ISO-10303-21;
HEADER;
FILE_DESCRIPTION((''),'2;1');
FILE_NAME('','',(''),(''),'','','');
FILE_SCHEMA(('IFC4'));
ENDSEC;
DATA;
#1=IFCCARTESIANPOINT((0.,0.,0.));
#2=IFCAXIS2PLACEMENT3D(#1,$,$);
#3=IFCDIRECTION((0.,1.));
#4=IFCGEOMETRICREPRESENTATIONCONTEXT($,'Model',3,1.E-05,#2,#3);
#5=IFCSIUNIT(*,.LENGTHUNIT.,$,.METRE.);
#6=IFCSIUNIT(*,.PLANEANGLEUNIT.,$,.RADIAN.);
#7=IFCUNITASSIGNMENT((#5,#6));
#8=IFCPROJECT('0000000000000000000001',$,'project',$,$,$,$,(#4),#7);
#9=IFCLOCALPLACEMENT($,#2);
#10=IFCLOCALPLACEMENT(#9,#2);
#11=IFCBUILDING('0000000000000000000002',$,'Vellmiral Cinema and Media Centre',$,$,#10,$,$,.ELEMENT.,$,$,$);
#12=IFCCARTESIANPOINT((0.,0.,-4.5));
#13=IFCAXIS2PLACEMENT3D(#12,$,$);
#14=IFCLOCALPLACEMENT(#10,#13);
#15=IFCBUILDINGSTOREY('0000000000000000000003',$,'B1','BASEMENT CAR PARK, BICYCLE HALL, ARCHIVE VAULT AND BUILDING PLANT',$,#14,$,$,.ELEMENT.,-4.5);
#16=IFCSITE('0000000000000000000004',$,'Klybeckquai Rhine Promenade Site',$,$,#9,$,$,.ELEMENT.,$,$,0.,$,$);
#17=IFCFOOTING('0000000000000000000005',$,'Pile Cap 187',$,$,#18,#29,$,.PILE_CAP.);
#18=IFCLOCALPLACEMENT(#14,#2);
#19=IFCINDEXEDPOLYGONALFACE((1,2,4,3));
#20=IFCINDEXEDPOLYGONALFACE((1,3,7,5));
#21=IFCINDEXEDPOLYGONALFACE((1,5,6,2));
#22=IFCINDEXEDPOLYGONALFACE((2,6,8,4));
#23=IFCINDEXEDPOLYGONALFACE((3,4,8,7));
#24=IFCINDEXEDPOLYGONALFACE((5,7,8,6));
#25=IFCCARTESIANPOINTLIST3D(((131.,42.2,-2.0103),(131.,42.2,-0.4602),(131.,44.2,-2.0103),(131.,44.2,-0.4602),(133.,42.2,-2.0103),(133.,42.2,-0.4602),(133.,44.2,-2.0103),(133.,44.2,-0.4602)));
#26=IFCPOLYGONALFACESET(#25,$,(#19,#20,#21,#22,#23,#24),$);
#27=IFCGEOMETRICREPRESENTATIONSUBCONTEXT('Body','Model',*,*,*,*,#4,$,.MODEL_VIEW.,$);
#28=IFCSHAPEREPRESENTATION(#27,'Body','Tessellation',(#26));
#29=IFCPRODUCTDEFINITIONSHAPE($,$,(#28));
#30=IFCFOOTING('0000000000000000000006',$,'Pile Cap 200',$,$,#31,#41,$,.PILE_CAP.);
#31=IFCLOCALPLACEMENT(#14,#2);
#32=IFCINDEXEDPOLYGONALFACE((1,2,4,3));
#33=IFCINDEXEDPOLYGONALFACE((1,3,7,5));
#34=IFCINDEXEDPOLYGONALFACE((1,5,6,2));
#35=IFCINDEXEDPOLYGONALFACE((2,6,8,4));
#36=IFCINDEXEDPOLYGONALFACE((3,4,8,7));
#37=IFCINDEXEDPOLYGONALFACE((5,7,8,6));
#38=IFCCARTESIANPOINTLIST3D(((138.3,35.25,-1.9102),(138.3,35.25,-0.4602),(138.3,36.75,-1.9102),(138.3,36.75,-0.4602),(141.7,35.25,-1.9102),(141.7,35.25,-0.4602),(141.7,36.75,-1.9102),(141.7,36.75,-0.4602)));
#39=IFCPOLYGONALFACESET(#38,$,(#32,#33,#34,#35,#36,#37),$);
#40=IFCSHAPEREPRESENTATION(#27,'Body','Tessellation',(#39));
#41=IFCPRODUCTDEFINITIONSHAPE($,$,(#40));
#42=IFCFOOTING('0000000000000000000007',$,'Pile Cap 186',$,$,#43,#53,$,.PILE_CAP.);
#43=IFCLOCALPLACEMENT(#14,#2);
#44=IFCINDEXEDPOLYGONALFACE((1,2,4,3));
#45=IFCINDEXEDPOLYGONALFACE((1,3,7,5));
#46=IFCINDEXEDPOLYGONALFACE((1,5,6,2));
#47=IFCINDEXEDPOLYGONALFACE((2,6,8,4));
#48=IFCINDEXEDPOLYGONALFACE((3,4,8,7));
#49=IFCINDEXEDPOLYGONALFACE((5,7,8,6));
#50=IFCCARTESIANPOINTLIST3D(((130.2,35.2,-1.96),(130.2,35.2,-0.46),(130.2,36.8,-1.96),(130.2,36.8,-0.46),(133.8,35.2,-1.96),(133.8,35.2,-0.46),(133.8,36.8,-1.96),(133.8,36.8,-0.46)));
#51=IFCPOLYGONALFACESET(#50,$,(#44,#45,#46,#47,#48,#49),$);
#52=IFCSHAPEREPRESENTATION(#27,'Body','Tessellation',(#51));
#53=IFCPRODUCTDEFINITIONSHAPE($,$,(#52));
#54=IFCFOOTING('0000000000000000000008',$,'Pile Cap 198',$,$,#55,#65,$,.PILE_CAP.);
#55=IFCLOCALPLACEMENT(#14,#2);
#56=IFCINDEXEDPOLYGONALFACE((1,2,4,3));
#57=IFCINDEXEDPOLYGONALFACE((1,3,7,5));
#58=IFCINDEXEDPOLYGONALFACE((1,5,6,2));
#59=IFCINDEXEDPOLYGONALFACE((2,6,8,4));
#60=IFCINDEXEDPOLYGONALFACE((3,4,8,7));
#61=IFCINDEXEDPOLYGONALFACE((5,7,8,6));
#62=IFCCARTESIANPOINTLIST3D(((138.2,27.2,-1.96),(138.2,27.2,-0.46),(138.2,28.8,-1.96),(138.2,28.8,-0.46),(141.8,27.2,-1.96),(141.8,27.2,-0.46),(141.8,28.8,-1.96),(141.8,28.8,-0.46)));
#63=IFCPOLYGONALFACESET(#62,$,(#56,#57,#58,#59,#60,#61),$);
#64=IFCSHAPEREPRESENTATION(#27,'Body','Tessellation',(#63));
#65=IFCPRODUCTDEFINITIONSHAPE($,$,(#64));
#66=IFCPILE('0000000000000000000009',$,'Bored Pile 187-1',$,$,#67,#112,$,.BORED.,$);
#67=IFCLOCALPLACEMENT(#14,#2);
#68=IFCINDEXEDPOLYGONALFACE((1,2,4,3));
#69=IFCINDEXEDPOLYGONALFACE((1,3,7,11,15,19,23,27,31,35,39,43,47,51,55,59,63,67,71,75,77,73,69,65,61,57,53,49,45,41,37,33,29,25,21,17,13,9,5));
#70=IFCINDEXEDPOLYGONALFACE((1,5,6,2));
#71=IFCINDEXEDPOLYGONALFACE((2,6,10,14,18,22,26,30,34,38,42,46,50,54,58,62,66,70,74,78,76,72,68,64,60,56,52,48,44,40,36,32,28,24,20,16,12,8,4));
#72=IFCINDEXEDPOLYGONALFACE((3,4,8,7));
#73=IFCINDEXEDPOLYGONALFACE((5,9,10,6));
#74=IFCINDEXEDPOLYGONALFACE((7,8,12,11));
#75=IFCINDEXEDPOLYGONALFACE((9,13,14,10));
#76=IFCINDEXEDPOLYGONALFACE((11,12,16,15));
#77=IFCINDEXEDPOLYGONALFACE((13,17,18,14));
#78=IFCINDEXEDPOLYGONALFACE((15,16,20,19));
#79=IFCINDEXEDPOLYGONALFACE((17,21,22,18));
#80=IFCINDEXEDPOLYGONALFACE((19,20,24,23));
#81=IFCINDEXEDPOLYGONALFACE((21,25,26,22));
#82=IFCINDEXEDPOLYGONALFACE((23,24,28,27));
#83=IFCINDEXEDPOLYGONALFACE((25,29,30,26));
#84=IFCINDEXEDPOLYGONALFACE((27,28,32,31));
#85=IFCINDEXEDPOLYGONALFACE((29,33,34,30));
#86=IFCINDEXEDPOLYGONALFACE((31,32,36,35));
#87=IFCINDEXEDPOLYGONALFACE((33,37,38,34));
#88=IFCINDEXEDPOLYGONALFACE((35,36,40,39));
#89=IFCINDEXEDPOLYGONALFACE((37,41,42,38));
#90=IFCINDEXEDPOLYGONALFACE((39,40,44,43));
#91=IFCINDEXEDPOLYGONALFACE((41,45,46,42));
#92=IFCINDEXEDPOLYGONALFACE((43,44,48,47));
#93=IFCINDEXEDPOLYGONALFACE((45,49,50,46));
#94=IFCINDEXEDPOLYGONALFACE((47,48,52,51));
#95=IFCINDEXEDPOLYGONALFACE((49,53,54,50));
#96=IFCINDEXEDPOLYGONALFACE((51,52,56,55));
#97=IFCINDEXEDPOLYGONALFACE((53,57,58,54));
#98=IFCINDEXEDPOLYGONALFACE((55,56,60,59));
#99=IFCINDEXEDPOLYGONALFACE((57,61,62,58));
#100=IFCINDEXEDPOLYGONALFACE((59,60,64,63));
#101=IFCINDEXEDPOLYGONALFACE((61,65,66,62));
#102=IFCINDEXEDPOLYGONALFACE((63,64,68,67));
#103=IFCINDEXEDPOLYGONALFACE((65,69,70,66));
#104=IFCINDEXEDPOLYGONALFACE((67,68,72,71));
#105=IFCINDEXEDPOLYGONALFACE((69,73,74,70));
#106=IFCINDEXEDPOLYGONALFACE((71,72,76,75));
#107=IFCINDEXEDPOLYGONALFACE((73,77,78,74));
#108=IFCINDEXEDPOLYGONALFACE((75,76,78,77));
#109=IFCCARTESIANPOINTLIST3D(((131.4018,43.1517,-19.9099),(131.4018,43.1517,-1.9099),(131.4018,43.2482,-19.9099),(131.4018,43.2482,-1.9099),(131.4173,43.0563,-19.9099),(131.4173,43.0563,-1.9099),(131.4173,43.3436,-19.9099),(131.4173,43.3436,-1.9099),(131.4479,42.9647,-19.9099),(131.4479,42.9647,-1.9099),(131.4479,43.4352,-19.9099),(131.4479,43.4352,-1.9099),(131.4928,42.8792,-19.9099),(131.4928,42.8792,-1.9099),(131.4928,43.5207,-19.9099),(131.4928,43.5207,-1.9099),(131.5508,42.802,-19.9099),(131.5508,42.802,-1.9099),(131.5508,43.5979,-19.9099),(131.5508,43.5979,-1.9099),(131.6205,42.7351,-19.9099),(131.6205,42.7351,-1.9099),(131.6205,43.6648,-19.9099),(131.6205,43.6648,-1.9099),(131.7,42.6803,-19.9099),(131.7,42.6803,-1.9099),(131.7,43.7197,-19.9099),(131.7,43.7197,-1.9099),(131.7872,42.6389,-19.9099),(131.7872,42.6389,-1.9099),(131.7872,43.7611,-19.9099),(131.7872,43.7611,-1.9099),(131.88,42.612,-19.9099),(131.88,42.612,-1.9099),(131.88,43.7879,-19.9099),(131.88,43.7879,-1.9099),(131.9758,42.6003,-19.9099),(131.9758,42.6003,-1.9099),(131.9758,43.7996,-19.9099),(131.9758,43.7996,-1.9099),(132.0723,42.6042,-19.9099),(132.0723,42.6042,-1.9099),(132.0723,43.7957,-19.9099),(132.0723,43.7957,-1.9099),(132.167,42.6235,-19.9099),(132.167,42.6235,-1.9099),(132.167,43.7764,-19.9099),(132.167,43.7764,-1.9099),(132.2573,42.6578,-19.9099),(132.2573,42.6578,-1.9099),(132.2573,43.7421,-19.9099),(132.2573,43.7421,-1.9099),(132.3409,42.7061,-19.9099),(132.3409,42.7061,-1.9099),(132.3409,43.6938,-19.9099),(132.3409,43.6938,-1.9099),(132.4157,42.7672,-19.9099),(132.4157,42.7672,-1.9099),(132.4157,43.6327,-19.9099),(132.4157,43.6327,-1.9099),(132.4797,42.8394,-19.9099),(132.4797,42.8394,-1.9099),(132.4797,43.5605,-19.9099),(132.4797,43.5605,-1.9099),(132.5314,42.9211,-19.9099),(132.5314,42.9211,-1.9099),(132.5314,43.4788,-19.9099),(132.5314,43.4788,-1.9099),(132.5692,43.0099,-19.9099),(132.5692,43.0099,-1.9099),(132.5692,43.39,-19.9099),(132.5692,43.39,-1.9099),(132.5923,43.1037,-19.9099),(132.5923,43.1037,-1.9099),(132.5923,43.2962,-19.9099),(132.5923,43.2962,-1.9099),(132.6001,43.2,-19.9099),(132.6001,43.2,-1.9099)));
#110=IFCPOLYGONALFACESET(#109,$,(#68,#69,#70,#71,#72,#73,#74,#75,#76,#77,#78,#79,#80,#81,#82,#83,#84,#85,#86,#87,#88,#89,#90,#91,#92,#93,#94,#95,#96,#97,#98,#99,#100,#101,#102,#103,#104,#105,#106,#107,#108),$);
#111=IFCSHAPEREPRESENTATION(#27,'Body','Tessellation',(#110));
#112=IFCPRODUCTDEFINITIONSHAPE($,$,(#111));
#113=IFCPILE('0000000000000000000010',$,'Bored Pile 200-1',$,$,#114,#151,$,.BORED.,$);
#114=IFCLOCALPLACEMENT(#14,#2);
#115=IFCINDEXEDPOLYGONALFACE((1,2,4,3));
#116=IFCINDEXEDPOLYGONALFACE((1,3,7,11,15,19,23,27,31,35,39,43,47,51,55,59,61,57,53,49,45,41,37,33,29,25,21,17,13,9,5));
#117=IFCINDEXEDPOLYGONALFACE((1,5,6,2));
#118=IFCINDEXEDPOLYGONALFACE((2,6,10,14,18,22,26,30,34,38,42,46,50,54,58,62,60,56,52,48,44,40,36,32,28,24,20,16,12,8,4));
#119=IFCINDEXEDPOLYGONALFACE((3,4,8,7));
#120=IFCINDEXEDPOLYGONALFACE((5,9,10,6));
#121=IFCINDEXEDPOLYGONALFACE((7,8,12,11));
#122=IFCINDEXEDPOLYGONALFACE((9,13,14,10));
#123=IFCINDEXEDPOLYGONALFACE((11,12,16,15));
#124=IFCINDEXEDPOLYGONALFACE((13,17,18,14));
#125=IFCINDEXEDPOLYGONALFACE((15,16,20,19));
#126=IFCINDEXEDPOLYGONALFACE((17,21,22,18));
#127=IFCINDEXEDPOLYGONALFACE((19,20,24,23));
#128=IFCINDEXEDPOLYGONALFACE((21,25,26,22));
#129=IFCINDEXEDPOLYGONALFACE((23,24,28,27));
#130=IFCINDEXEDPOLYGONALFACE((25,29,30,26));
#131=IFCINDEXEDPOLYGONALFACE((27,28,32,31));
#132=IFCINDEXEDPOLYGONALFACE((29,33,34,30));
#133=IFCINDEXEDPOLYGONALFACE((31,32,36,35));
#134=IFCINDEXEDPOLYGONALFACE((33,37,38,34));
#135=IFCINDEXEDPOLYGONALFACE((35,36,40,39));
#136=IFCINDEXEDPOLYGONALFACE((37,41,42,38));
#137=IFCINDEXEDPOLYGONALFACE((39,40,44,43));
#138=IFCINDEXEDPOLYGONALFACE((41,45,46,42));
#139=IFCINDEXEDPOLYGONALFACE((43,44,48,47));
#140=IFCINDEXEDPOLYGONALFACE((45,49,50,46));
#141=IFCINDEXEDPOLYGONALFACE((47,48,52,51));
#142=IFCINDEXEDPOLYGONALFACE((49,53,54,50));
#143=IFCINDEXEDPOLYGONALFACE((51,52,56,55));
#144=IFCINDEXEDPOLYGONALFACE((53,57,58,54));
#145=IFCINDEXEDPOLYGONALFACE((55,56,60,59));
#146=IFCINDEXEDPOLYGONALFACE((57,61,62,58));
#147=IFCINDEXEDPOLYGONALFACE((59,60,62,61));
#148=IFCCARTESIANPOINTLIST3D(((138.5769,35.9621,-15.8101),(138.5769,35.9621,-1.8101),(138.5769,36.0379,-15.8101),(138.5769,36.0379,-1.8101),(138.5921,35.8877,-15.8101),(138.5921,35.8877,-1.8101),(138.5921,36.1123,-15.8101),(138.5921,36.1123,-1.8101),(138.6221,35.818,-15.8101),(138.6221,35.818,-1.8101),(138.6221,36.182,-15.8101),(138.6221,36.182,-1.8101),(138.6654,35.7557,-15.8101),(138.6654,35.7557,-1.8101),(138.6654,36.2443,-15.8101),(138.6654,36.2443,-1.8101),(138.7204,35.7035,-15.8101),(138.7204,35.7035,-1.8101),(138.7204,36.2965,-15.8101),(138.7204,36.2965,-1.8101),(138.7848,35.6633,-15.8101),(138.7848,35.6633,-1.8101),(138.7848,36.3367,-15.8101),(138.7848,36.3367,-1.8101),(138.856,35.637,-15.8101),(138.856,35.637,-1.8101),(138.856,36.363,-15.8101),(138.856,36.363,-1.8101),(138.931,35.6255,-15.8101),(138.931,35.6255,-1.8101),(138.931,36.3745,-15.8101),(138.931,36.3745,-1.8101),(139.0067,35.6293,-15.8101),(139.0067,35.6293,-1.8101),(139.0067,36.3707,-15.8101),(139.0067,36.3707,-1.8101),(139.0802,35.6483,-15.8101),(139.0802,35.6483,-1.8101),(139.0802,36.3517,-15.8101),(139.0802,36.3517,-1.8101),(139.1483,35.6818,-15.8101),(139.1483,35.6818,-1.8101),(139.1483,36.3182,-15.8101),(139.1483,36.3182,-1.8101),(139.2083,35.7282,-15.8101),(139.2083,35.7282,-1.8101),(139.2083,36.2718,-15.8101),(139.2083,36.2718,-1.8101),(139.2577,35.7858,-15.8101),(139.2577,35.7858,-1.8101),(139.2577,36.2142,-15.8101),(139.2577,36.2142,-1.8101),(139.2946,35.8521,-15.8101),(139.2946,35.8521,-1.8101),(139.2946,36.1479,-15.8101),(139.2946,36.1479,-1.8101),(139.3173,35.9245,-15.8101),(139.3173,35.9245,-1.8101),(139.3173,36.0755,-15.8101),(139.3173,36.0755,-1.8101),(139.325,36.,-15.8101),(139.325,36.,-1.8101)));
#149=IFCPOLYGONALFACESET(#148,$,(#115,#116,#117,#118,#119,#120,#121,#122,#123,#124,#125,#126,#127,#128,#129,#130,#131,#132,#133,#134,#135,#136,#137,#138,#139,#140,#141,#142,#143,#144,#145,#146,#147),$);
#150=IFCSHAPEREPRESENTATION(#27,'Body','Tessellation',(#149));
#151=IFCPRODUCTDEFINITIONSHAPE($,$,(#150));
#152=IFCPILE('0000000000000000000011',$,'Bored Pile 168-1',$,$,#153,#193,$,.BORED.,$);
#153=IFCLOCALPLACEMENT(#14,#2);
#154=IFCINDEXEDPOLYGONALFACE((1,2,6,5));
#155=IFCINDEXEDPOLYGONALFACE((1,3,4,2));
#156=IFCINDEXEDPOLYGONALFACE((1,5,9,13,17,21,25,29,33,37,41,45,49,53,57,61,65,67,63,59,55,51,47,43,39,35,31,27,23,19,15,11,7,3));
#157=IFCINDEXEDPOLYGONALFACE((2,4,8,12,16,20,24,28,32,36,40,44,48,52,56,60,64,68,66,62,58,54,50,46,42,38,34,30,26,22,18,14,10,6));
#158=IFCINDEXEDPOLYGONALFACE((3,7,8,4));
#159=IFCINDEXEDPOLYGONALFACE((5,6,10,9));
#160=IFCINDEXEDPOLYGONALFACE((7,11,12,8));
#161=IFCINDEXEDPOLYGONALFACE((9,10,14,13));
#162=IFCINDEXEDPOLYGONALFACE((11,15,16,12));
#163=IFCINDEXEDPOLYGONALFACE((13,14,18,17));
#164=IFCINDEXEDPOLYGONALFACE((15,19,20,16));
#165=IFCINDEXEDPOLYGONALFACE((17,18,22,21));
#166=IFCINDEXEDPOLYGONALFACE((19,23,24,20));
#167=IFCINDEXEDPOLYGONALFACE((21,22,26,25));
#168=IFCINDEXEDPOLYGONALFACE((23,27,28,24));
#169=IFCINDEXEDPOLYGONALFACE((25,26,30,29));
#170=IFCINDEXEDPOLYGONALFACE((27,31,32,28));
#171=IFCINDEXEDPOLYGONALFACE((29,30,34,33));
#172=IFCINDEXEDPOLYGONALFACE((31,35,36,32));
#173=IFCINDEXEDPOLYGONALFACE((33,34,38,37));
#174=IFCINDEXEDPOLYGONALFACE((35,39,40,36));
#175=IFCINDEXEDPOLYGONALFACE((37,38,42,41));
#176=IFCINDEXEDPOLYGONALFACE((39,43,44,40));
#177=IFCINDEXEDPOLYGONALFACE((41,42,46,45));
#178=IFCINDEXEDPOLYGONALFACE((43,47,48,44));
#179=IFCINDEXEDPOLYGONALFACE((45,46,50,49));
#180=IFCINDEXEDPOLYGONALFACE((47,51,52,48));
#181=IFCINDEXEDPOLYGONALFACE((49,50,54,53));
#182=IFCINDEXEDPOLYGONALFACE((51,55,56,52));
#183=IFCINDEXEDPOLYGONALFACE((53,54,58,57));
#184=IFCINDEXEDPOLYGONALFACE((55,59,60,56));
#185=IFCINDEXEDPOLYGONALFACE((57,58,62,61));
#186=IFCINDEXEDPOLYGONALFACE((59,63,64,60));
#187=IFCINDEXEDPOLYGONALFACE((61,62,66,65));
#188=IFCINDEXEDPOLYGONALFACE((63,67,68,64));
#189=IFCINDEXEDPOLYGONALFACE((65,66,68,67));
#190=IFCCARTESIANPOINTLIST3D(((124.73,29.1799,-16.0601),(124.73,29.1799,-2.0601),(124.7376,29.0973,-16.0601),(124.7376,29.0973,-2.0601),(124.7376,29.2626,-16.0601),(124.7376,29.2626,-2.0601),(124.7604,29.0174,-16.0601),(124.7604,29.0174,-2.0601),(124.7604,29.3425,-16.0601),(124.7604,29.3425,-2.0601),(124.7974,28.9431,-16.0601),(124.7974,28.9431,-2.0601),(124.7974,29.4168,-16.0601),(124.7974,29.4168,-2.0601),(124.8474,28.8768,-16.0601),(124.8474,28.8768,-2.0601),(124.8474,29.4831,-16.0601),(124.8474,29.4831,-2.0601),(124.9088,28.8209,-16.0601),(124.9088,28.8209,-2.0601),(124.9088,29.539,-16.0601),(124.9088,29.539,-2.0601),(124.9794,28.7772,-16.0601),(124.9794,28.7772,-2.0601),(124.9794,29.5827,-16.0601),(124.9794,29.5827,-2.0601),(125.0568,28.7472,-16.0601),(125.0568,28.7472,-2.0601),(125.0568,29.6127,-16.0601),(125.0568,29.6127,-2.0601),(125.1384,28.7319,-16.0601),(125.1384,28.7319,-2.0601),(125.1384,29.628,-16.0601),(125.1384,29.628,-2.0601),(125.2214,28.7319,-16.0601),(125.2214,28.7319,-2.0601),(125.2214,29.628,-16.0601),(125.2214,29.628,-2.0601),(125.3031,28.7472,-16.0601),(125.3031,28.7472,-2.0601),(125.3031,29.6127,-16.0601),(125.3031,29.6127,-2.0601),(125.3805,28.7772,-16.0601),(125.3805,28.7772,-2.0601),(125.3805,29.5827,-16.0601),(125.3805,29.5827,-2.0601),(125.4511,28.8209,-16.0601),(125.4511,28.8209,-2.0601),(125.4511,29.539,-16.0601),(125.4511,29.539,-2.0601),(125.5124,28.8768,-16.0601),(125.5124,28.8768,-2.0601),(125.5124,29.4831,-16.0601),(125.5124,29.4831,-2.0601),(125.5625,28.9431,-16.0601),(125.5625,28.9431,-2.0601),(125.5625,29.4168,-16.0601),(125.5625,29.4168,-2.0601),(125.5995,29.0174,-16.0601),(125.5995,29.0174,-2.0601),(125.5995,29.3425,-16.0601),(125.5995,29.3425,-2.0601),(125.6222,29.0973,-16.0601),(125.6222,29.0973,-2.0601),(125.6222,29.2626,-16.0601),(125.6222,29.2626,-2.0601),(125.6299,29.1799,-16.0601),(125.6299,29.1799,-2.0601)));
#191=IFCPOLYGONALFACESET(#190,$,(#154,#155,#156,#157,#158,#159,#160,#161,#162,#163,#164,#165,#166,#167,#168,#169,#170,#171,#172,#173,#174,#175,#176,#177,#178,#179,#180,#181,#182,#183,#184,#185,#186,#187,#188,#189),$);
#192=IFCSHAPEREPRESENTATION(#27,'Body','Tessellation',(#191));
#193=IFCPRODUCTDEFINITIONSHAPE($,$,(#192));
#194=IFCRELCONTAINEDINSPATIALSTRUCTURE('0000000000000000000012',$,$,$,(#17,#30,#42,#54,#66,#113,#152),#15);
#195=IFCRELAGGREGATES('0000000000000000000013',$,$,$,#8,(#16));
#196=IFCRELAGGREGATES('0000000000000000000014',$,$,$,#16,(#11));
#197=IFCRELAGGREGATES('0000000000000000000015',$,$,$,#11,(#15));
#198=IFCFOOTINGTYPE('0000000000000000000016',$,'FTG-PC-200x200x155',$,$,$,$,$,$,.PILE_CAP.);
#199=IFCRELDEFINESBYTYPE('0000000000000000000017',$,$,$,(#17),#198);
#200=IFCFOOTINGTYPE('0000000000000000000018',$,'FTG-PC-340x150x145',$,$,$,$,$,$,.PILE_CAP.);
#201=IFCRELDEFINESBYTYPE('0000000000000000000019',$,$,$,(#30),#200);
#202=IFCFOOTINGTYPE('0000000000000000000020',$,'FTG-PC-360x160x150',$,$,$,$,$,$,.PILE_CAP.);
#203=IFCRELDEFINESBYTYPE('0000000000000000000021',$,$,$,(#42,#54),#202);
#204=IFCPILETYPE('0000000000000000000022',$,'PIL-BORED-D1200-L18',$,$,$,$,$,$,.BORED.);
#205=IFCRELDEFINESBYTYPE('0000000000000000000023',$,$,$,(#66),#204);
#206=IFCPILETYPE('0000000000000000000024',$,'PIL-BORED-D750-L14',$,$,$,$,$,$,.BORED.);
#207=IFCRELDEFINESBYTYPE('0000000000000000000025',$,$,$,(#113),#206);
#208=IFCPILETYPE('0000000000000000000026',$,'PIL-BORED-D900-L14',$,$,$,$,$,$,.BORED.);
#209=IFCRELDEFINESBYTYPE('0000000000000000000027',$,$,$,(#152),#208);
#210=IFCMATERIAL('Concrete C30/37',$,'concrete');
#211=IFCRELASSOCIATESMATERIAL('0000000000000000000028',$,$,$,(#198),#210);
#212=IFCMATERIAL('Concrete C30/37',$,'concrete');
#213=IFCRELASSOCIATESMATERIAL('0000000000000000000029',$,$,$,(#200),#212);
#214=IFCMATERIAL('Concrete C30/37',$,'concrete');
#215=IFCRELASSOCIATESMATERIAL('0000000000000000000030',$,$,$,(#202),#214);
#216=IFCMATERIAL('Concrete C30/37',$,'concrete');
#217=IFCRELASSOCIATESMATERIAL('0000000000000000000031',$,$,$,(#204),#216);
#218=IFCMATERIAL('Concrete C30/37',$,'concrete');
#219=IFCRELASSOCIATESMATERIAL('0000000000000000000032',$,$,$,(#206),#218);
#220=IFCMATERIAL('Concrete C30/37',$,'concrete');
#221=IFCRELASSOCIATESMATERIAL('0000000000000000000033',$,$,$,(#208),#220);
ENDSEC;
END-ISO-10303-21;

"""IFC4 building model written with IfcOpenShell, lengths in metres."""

from ifc_helpers import new_model, si_unit, direction, frame, origin, origin_2d, place, context, subcontext, project, spatial, rectangle, circle, extrude, material, material_profile, profile_set, type_object, element, save


model = new_model("IFC4")

# Units and contexts
model_context = context("Model", 3, precision=1e-05, world=origin(), true_north=direction((0.0, 1.0)))
body_context = subcontext(model_context, "Body", "Model", "MODEL_VIEW")
ifc_project = project(units=[si_unit("LENGTHUNIT", "METRE"), si_unit("PLANEANGLEUNIT", "RADIAN")], contexts=[model_context])

# Site, building, storey
site_placement = place(None, origin())
site = spatial("IfcSite", under=ifc_project, at=site_placement, Name="Klybeckquai Rhine Promenade Site", CompositionType="ELEMENT", RefElevation=0.0)
building_placement = place(site_placement, origin())
building = spatial("IfcBuilding", under=site, at=building_placement, Name="Vellmiral Cinema and Media Centre", CompositionType="ELEMENT")
storey_placement = place(building_placement, frame((0.0, 0.0, -4.5)))
storey = spatial("IfcBuildingStorey", under=building, at=storey_placement, Name="B1", Description="BASEMENT CAR PARK, BICYCLE HALL, ARCHIVE VAULT AND BUILDING PLANT", CompositionType="ELEMENT", Elevation=-4.5)

# Footings
ifc_material_1 = material(Name="Concrete C30/37", Category="concrete")
footing_type_1 = type_object("IfcFootingType", Name="FTG-PC-200x200x155", PredefinedType="PILE_CAP", material=ifc_material_1)
footing_1_placement = place(storey_placement, frame((132.0, 43.2, -2.0103), z_axis=(0.0, 0.0, 1.0), x_axis=(1.0, 0.0, 0.0)))
element("IfcFooting", 1, at=footing_1_placement, inside=storey, type_object=footing_type_1, Name="Pile Cap 187", PredefinedType="PILE_CAP", context=body_context, shape_type="SweptSolid", body=[
    extrude(rectangle(XDim=2.0, YDim=2.0, at=origin_2d()), origin(), (0.0, 0.0, 1.0), 1.55),
])
ifc_material_2 = material(Name="Concrete C30/37", Category="concrete")
footing_type_2 = type_object("IfcFootingType", Name="FTG-PC-340x150x145", PredefinedType="PILE_CAP", material=ifc_material_2)
footing_2_placement = place(storey_placement, frame((140.0, 36.0, -1.9102), z_axis=(0.0, 0.0, 1.0), x_axis=(1.0, 0.0, 0.0)))
element("IfcFooting", 2, at=footing_2_placement, inside=storey, type_object=footing_type_2, Name="Pile Cap 200", PredefinedType="PILE_CAP", context=body_context, shape_type="SweptSolid", body=[
    extrude(rectangle(XDim=3.3999, YDim=1.5, at=origin_2d()), origin(), (0.0, 0.0, 1.0), 1.45),
])
ifc_material_3 = material(Name="Concrete C30/37", Category="concrete")
footing_type_3 = type_object("IfcFootingType", Name="FTG-PC-360x160x150", PredefinedType="PILE_CAP", material=ifc_material_3)
for number, where, z_axis, x_axis, name in (
    (3, (132.0, 36.0, -1.96), (0.0, 0.0, 1.0), (1.0, 0.0, 0.0), "Pile Cap 186"),
    (4, (140.0, 28.0, -1.96), (0.0, 0.0, 1.0), (1.0, 0.0, 0.0), "Pile Cap 198"),
):
    element("IfcFooting", number, at=place(storey_placement, frame(where, z_axis=z_axis, x_axis=x_axis)), inside=storey, type_object=footing_type_3, Name=name, PredefinedType="PILE_CAP", context=body_context, shape_type="SweptSolid", body=[
        extrude(rectangle(XDim=3.6001, YDim=1.6001, at=origin_2d()), origin(), (0.0, 0.0, 1.0), 1.5),
    ])

# Piles
ifc_material_4 = material(Name="Concrete C30/37", Category="concrete")
ifc_material_profile_1 = material_profile(ifc_material_4, circle(Radius=0.6001, at=origin_2d()), Name="PILE D1200")
ifc_profile_set_1 = profile_set([ifc_material_profile_1], Name="Concrete C30/37")
pile_type_1 = type_object("IfcPileType", Name="PIL-BORED-D1200-L18", PredefinedType="BORED", material=ifc_profile_set_1)
pile_1_placement = place(storey_placement, frame((132.0, 43.2, -1.9099), z_axis=(0.0, 0.0, -1.0), x_axis=(1.0, 0.0, 0.0)))
element("IfcPile", 5, at=pile_1_placement, inside=storey, type_object=pile_type_1, Name="Bored Pile 187-1", PredefinedType="BORED", context=body_context, shape_type="SweptSolid", body=[
    extrude(circle(Radius=0.6001, at=origin_2d()), origin(), (0.0, 0.0, 1.0), 18.0),
])
ifc_material_5 = material(Name="Concrete C30/37", Category="concrete")
ifc_material_profile_2 = material_profile(ifc_material_5, circle(Radius=0.375, at=origin_2d()), Name="PILE D750")
ifc_profile_set_2 = profile_set([ifc_material_profile_2], Name="Concrete C30/37")
pile_type_2 = type_object("IfcPileType", Name="PIL-BORED-D750-L14", PredefinedType="BORED", material=ifc_profile_set_2)
pile_2_placement = place(storey_placement, frame((138.95, 36.0, -1.8101), z_axis=(0.0, 0.0, -1.0), x_axis=(1.0, 0.0, 0.0)))
element("IfcPile", 6, at=pile_2_placement, inside=storey, type_object=pile_type_2, Name="Bored Pile 200-1", PredefinedType="BORED", context=body_context, shape_type="SweptSolid", body=[
    extrude(circle(Radius=0.375, at=origin_2d()), origin(), (0.0, 0.0, 1.0), 14.0),
])
ifc_material_6 = material(Name="Concrete C30/37", Category="concrete")
ifc_material_profile_3 = material_profile(ifc_material_6, circle(Radius=0.45, at=origin_2d()), Name="PILE D900")
ifc_profile_set_3 = profile_set([ifc_material_profile_3], Name="Concrete C30/37")
pile_type_3 = type_object("IfcPileType", Name="PIL-BORED-D900-L14", PredefinedType="BORED", material=ifc_profile_set_3)
for number, where, z_axis, x_axis, name in (
    (7, (125.1799, 29.1799, -2.0601), (0.0, 0.0, -1.0), (1.0, 0.0, 0.0), "Bored Pile 168-1"),
):
    element("IfcPile", number, at=place(storey_placement, frame(where, z_axis=z_axis, x_axis=x_axis)), inside=storey, type_object=pile_type_3, Name=name, PredefinedType="BORED", context=body_context, shape_type="SweptSolid", body=[
        extrude(circle(Radius=0.45, at=origin_2d()), origin(), (0.0, 0.0, 1.0), 14.0),
    ])

save(model, "model.ifc")
